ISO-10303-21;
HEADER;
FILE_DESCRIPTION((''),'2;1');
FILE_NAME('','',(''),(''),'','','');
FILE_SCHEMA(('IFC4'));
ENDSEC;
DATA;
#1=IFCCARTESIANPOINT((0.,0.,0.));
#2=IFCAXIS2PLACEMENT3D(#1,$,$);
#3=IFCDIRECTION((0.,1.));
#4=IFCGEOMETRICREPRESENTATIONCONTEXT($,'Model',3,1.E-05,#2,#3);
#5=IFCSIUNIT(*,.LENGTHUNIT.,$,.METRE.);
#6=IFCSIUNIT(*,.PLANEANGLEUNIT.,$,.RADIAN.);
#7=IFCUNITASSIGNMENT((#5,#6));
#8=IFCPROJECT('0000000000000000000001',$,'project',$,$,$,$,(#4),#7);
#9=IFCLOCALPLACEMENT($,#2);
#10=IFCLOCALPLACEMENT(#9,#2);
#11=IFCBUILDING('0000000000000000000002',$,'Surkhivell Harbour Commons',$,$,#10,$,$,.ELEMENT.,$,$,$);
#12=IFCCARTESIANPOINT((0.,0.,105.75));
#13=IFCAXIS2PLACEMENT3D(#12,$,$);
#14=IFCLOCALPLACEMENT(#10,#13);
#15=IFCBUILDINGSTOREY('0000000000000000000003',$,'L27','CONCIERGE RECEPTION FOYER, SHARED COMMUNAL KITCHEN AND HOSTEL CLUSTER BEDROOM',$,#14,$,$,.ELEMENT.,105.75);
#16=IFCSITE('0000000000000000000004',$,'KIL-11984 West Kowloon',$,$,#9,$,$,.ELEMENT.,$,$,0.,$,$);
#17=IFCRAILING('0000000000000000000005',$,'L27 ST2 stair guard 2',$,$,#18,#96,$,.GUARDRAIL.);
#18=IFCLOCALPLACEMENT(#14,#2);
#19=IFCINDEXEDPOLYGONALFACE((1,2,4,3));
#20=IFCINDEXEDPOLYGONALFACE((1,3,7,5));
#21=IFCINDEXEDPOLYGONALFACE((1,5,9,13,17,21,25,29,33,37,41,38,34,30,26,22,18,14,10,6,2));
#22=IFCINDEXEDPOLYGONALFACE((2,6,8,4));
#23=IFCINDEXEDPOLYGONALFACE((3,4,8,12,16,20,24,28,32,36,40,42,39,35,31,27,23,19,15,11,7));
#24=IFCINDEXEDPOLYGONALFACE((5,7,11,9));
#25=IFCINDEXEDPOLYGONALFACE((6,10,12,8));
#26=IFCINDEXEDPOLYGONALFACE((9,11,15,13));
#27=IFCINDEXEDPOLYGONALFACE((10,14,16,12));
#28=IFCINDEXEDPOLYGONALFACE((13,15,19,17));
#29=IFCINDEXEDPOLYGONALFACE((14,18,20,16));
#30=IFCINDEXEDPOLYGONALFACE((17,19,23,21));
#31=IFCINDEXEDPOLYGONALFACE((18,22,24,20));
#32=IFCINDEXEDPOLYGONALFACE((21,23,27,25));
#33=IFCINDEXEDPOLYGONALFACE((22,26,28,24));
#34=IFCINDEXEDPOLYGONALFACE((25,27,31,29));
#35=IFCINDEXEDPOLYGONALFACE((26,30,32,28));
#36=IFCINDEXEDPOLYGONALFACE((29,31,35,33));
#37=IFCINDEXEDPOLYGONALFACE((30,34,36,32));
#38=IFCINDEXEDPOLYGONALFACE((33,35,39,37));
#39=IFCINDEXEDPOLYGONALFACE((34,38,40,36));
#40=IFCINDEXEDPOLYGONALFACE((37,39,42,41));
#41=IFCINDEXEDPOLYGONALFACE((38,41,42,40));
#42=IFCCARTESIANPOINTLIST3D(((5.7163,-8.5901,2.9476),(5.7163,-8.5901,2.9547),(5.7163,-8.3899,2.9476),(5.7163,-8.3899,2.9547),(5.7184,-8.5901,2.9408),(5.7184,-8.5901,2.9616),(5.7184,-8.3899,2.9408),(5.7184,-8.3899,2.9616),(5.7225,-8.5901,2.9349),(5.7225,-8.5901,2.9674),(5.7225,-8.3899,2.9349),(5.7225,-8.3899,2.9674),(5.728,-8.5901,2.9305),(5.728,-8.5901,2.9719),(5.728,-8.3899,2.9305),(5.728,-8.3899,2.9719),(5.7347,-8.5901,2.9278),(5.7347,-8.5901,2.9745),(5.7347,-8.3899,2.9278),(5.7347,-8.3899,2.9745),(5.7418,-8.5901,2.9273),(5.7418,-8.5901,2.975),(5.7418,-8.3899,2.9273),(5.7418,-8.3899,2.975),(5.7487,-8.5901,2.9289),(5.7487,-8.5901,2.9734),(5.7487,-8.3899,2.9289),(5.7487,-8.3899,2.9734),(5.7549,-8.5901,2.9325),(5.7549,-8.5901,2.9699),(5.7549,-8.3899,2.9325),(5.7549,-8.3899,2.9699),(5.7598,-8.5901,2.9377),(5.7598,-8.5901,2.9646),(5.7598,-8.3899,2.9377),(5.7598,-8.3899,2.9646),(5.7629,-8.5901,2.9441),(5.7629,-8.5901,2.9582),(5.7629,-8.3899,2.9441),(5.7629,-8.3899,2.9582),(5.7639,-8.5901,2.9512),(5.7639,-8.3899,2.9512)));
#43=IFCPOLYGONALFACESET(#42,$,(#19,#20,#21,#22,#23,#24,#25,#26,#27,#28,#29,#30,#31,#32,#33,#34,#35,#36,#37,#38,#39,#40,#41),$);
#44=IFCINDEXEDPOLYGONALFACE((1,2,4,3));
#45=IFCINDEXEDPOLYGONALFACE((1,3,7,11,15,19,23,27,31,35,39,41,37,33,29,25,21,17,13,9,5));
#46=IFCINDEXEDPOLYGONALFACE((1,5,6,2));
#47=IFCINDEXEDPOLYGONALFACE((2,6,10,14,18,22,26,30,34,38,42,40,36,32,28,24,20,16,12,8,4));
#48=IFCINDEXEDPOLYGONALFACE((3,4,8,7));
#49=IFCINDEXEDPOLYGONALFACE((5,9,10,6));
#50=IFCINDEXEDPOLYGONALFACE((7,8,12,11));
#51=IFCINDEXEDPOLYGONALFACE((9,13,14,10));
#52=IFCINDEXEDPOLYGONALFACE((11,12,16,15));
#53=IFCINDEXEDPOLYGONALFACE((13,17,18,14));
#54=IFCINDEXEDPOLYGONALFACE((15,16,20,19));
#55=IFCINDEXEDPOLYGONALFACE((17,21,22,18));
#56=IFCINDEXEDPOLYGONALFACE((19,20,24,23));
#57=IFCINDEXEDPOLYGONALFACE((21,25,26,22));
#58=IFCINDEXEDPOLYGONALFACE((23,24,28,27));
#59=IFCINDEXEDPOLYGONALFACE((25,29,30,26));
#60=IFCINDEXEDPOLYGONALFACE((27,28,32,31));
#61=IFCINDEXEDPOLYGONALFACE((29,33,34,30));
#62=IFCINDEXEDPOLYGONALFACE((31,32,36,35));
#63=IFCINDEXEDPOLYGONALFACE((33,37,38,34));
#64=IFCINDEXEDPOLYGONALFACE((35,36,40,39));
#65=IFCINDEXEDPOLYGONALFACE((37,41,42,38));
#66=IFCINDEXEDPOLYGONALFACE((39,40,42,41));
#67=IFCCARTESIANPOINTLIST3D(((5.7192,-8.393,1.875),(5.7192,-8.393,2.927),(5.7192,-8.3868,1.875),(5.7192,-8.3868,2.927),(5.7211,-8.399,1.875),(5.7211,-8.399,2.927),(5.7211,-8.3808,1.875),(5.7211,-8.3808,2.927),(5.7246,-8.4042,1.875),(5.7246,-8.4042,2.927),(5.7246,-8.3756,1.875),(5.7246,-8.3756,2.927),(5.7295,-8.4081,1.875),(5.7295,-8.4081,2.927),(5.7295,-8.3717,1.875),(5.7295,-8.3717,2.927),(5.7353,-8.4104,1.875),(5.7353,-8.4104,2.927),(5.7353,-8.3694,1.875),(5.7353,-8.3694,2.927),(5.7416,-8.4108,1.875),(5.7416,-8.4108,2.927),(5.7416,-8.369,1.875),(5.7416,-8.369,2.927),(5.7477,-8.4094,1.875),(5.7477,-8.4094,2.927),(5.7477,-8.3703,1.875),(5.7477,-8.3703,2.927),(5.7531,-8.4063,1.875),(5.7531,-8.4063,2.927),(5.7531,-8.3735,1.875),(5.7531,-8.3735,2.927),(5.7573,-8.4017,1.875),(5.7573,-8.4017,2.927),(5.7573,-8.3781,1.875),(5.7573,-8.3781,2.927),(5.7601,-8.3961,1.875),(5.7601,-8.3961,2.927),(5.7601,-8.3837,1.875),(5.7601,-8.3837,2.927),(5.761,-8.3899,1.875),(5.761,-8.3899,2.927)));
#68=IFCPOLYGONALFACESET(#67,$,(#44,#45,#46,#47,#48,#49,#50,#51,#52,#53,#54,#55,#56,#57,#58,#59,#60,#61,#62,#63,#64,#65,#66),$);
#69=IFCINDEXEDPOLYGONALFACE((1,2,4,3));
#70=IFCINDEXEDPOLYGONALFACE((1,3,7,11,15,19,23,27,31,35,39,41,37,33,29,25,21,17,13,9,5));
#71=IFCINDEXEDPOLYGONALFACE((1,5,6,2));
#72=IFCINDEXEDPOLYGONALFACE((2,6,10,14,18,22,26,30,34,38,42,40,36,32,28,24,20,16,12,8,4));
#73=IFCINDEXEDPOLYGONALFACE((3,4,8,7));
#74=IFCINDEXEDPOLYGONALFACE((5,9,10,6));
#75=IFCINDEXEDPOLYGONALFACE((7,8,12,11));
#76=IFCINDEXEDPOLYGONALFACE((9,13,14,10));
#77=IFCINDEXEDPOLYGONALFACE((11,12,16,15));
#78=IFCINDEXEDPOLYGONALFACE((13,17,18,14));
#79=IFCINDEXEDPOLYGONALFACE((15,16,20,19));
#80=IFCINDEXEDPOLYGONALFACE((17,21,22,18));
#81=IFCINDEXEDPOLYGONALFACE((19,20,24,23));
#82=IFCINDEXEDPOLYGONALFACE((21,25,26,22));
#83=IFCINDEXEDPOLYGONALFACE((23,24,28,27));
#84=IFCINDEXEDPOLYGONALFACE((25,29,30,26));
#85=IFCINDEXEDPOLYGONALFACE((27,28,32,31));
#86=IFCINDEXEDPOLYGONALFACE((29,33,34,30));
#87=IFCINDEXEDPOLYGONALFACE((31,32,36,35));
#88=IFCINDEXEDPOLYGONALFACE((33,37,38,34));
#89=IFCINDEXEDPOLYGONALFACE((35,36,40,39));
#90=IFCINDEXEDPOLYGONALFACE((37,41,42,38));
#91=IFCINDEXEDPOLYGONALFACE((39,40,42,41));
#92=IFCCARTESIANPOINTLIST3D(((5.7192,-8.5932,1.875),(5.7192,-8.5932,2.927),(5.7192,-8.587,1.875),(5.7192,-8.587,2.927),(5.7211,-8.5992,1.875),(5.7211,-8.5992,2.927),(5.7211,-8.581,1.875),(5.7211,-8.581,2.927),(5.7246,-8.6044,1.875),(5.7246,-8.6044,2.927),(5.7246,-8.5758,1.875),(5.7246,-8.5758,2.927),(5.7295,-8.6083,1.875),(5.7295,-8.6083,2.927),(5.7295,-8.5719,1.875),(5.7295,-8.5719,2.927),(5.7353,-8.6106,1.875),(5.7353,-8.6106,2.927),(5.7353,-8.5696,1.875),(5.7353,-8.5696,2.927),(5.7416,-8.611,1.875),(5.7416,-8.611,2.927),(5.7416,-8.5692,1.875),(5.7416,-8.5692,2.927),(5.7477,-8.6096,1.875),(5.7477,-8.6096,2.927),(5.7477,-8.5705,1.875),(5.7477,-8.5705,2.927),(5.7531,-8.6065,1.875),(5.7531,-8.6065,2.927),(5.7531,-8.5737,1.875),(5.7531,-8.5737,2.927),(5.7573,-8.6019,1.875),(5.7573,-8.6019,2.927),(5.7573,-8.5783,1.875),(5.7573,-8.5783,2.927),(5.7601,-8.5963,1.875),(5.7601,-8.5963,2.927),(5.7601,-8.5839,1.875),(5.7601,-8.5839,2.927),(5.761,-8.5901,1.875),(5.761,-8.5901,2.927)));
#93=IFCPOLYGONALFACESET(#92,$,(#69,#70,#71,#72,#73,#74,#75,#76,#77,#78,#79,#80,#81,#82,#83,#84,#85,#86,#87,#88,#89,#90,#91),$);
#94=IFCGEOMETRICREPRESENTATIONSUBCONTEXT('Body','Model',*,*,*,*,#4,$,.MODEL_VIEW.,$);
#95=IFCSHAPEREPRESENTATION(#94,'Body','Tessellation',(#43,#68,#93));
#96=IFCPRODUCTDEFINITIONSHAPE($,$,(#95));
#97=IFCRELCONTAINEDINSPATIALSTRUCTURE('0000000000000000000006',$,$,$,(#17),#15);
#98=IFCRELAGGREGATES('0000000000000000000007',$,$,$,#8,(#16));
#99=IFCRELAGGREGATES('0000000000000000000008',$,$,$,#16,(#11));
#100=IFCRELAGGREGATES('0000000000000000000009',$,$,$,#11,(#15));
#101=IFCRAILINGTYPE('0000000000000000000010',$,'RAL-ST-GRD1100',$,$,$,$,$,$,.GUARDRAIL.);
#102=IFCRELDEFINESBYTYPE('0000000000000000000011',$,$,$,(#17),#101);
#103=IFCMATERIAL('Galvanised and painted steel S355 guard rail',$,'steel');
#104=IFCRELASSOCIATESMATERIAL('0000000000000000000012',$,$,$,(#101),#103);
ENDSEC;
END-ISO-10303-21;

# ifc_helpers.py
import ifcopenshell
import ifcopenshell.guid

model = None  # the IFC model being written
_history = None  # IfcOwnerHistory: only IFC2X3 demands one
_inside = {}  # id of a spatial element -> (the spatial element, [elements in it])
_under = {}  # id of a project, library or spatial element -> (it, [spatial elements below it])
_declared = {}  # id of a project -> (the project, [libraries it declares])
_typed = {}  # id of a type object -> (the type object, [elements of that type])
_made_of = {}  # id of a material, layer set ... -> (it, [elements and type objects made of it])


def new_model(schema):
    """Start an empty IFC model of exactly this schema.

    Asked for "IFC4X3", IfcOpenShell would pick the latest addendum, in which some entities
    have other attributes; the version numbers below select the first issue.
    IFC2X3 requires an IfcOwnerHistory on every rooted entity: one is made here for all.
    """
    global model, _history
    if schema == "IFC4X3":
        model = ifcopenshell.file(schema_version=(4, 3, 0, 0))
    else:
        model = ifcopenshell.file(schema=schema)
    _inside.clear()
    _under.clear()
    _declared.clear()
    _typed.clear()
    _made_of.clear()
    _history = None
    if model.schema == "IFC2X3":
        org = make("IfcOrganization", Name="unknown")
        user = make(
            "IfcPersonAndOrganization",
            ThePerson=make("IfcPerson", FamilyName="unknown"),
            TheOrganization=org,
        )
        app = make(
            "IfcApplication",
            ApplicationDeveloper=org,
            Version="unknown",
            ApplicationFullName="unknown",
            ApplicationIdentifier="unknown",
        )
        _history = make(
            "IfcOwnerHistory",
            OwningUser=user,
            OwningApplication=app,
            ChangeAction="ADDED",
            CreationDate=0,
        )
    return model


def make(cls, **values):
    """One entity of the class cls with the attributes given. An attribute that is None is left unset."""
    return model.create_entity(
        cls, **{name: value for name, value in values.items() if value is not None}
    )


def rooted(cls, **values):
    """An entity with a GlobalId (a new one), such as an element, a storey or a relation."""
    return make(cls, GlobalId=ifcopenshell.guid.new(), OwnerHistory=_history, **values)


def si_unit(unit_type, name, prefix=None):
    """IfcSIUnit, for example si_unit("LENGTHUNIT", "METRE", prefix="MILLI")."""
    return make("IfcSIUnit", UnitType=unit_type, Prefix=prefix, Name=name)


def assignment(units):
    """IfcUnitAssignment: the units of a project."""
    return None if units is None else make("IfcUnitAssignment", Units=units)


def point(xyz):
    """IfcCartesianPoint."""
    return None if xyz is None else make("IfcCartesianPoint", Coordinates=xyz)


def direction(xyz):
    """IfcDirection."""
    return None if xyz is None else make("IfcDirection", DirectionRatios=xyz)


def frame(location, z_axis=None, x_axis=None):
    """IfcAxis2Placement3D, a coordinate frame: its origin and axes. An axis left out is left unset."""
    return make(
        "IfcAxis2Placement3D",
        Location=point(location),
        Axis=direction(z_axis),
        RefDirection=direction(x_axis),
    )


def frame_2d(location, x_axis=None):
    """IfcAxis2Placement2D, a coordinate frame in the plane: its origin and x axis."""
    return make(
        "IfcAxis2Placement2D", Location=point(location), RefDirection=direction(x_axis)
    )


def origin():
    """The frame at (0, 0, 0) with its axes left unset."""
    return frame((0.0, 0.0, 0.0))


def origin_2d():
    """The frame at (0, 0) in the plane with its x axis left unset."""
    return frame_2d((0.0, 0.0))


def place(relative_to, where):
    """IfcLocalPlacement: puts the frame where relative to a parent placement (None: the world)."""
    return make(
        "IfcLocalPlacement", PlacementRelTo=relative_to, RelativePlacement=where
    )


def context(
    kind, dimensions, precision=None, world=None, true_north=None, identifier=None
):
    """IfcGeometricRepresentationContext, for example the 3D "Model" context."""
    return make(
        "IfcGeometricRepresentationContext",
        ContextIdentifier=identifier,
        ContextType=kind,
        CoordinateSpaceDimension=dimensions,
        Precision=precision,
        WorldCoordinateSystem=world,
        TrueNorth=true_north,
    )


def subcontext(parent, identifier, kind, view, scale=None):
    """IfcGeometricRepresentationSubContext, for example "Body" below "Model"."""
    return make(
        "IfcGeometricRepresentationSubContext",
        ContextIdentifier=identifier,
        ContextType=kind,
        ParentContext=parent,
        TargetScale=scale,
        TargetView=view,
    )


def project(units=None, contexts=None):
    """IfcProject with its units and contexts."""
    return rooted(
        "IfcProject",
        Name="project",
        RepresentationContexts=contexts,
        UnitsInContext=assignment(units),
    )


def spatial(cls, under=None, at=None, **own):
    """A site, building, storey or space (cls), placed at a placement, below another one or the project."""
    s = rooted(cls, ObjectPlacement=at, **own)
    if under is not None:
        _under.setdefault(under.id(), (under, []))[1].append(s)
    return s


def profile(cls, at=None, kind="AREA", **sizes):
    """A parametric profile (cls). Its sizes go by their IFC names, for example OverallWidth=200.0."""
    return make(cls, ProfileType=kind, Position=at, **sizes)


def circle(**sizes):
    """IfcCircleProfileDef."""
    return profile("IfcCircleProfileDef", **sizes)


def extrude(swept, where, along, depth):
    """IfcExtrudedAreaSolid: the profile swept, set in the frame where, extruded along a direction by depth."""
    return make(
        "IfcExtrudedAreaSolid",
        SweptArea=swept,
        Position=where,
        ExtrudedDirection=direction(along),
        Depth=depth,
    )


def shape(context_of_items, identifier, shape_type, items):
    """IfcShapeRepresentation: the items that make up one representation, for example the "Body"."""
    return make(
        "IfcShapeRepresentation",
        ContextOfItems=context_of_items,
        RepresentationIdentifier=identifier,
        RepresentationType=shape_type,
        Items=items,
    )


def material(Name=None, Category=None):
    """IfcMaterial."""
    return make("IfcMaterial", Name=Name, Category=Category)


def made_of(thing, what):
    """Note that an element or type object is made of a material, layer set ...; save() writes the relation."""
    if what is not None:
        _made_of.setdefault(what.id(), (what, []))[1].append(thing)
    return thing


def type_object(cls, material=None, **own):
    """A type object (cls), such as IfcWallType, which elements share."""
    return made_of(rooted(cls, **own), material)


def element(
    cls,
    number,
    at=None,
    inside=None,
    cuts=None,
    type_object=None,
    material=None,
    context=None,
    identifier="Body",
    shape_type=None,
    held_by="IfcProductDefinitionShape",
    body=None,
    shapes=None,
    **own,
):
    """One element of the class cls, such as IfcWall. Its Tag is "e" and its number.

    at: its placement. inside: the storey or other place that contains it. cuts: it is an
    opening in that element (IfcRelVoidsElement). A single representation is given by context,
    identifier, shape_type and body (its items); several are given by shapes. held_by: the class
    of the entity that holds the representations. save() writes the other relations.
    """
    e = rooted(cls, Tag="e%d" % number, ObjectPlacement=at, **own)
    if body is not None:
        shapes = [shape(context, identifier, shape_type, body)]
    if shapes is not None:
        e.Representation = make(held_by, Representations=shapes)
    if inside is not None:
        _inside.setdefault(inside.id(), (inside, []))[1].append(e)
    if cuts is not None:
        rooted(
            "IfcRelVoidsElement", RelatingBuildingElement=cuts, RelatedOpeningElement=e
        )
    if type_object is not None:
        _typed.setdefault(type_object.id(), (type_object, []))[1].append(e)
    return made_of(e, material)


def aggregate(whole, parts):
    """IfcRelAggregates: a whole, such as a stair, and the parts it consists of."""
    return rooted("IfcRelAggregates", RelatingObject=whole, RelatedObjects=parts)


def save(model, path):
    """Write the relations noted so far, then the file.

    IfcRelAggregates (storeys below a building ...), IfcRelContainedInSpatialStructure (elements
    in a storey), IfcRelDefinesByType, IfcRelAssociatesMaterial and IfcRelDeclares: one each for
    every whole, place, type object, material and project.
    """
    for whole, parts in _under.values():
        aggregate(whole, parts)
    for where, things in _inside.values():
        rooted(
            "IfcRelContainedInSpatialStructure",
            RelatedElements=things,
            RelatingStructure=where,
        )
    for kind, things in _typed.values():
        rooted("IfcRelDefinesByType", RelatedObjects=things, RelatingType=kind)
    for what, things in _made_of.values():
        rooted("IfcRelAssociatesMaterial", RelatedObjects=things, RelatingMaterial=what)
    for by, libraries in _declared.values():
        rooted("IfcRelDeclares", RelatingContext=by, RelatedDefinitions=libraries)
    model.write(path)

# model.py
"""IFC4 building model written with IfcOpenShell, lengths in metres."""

from ifc_helpers import new_model, si_unit, direction, frame, origin, origin_2d, place, context, subcontext, project, spatial, circle, extrude, material, type_object, element, save


model = new_model("IFC4")

# Units and contexts
model_context = context("Model", 3, precision=1e-05, world=origin(), true_north=direction((0.0, 1.0)))
body_context = subcontext(model_context, "Body", "Model", "MODEL_VIEW")
ifc_project = project(units=[si_unit("LENGTHUNIT", "METRE"), si_unit("PLANEANGLEUNIT", "RADIAN")], contexts=[model_context])

# Site, building, storey
site_placement = place(None, origin())
site = spatial("IfcSite", under=ifc_project, at=site_placement, Name="KIL-11984 West Kowloon", CompositionType="ELEMENT", RefElevation=0.0)
building_placement = place(site_placement, origin())
building = spatial("IfcBuilding", under=site, at=building_placement, Name="Surkhivell Harbour Commons", CompositionType="ELEMENT")
storey_placement = place(building_placement, frame((0.0, 0.0, 105.75)))
storey = spatial("IfcBuildingStorey", under=building, at=storey_placement, Name="L27", Description="CONCIERGE RECEPTION FOYER, SHARED COMMUNAL KITCHEN AND HOSTEL CLUSTER BEDROOM", CompositionType="ELEMENT", Elevation=105.75)

# Railing
ifc_material_1 = material(Name="Galvanised and painted steel S355 guard rail", Category="steel")
railing_type_1 = type_object("IfcRailingType", Name="RAL-ST-GRD1100", PredefinedType="GUARDRAIL", material=ifc_material_1)
railing_1_placement = place(storey_placement, frame((5.74, -8.3899, 1.875)))
element("IfcRailing", 1, at=railing_1_placement, inside=storey, type_object=railing_type_1, Name="L27 ST2 stair guard 2", PredefinedType="GUARDRAIL", context=body_context, shape_type="SweptSolid", body=[
    extrude(circle(Radius=0.0239, at=origin_2d()), frame((0.0, 0.0, 1.0762), z_axis=(0.0, -1.0, 0.0), x_axis=(1.0, 0.0, 0.0)), (0.0, 0.0, 1.0), 0.2002),
    extrude(circle(Radius=0.021, at=origin_2d()), origin(), (0.0, 0.0, 1.0), 1.052),
    extrude(circle(Radius=0.021, at=origin_2d()), frame((0.0, -0.2002, 0.0)), (0.0, 0.0, 1.0), 1.052),
])

save(model, "model.ifc")
